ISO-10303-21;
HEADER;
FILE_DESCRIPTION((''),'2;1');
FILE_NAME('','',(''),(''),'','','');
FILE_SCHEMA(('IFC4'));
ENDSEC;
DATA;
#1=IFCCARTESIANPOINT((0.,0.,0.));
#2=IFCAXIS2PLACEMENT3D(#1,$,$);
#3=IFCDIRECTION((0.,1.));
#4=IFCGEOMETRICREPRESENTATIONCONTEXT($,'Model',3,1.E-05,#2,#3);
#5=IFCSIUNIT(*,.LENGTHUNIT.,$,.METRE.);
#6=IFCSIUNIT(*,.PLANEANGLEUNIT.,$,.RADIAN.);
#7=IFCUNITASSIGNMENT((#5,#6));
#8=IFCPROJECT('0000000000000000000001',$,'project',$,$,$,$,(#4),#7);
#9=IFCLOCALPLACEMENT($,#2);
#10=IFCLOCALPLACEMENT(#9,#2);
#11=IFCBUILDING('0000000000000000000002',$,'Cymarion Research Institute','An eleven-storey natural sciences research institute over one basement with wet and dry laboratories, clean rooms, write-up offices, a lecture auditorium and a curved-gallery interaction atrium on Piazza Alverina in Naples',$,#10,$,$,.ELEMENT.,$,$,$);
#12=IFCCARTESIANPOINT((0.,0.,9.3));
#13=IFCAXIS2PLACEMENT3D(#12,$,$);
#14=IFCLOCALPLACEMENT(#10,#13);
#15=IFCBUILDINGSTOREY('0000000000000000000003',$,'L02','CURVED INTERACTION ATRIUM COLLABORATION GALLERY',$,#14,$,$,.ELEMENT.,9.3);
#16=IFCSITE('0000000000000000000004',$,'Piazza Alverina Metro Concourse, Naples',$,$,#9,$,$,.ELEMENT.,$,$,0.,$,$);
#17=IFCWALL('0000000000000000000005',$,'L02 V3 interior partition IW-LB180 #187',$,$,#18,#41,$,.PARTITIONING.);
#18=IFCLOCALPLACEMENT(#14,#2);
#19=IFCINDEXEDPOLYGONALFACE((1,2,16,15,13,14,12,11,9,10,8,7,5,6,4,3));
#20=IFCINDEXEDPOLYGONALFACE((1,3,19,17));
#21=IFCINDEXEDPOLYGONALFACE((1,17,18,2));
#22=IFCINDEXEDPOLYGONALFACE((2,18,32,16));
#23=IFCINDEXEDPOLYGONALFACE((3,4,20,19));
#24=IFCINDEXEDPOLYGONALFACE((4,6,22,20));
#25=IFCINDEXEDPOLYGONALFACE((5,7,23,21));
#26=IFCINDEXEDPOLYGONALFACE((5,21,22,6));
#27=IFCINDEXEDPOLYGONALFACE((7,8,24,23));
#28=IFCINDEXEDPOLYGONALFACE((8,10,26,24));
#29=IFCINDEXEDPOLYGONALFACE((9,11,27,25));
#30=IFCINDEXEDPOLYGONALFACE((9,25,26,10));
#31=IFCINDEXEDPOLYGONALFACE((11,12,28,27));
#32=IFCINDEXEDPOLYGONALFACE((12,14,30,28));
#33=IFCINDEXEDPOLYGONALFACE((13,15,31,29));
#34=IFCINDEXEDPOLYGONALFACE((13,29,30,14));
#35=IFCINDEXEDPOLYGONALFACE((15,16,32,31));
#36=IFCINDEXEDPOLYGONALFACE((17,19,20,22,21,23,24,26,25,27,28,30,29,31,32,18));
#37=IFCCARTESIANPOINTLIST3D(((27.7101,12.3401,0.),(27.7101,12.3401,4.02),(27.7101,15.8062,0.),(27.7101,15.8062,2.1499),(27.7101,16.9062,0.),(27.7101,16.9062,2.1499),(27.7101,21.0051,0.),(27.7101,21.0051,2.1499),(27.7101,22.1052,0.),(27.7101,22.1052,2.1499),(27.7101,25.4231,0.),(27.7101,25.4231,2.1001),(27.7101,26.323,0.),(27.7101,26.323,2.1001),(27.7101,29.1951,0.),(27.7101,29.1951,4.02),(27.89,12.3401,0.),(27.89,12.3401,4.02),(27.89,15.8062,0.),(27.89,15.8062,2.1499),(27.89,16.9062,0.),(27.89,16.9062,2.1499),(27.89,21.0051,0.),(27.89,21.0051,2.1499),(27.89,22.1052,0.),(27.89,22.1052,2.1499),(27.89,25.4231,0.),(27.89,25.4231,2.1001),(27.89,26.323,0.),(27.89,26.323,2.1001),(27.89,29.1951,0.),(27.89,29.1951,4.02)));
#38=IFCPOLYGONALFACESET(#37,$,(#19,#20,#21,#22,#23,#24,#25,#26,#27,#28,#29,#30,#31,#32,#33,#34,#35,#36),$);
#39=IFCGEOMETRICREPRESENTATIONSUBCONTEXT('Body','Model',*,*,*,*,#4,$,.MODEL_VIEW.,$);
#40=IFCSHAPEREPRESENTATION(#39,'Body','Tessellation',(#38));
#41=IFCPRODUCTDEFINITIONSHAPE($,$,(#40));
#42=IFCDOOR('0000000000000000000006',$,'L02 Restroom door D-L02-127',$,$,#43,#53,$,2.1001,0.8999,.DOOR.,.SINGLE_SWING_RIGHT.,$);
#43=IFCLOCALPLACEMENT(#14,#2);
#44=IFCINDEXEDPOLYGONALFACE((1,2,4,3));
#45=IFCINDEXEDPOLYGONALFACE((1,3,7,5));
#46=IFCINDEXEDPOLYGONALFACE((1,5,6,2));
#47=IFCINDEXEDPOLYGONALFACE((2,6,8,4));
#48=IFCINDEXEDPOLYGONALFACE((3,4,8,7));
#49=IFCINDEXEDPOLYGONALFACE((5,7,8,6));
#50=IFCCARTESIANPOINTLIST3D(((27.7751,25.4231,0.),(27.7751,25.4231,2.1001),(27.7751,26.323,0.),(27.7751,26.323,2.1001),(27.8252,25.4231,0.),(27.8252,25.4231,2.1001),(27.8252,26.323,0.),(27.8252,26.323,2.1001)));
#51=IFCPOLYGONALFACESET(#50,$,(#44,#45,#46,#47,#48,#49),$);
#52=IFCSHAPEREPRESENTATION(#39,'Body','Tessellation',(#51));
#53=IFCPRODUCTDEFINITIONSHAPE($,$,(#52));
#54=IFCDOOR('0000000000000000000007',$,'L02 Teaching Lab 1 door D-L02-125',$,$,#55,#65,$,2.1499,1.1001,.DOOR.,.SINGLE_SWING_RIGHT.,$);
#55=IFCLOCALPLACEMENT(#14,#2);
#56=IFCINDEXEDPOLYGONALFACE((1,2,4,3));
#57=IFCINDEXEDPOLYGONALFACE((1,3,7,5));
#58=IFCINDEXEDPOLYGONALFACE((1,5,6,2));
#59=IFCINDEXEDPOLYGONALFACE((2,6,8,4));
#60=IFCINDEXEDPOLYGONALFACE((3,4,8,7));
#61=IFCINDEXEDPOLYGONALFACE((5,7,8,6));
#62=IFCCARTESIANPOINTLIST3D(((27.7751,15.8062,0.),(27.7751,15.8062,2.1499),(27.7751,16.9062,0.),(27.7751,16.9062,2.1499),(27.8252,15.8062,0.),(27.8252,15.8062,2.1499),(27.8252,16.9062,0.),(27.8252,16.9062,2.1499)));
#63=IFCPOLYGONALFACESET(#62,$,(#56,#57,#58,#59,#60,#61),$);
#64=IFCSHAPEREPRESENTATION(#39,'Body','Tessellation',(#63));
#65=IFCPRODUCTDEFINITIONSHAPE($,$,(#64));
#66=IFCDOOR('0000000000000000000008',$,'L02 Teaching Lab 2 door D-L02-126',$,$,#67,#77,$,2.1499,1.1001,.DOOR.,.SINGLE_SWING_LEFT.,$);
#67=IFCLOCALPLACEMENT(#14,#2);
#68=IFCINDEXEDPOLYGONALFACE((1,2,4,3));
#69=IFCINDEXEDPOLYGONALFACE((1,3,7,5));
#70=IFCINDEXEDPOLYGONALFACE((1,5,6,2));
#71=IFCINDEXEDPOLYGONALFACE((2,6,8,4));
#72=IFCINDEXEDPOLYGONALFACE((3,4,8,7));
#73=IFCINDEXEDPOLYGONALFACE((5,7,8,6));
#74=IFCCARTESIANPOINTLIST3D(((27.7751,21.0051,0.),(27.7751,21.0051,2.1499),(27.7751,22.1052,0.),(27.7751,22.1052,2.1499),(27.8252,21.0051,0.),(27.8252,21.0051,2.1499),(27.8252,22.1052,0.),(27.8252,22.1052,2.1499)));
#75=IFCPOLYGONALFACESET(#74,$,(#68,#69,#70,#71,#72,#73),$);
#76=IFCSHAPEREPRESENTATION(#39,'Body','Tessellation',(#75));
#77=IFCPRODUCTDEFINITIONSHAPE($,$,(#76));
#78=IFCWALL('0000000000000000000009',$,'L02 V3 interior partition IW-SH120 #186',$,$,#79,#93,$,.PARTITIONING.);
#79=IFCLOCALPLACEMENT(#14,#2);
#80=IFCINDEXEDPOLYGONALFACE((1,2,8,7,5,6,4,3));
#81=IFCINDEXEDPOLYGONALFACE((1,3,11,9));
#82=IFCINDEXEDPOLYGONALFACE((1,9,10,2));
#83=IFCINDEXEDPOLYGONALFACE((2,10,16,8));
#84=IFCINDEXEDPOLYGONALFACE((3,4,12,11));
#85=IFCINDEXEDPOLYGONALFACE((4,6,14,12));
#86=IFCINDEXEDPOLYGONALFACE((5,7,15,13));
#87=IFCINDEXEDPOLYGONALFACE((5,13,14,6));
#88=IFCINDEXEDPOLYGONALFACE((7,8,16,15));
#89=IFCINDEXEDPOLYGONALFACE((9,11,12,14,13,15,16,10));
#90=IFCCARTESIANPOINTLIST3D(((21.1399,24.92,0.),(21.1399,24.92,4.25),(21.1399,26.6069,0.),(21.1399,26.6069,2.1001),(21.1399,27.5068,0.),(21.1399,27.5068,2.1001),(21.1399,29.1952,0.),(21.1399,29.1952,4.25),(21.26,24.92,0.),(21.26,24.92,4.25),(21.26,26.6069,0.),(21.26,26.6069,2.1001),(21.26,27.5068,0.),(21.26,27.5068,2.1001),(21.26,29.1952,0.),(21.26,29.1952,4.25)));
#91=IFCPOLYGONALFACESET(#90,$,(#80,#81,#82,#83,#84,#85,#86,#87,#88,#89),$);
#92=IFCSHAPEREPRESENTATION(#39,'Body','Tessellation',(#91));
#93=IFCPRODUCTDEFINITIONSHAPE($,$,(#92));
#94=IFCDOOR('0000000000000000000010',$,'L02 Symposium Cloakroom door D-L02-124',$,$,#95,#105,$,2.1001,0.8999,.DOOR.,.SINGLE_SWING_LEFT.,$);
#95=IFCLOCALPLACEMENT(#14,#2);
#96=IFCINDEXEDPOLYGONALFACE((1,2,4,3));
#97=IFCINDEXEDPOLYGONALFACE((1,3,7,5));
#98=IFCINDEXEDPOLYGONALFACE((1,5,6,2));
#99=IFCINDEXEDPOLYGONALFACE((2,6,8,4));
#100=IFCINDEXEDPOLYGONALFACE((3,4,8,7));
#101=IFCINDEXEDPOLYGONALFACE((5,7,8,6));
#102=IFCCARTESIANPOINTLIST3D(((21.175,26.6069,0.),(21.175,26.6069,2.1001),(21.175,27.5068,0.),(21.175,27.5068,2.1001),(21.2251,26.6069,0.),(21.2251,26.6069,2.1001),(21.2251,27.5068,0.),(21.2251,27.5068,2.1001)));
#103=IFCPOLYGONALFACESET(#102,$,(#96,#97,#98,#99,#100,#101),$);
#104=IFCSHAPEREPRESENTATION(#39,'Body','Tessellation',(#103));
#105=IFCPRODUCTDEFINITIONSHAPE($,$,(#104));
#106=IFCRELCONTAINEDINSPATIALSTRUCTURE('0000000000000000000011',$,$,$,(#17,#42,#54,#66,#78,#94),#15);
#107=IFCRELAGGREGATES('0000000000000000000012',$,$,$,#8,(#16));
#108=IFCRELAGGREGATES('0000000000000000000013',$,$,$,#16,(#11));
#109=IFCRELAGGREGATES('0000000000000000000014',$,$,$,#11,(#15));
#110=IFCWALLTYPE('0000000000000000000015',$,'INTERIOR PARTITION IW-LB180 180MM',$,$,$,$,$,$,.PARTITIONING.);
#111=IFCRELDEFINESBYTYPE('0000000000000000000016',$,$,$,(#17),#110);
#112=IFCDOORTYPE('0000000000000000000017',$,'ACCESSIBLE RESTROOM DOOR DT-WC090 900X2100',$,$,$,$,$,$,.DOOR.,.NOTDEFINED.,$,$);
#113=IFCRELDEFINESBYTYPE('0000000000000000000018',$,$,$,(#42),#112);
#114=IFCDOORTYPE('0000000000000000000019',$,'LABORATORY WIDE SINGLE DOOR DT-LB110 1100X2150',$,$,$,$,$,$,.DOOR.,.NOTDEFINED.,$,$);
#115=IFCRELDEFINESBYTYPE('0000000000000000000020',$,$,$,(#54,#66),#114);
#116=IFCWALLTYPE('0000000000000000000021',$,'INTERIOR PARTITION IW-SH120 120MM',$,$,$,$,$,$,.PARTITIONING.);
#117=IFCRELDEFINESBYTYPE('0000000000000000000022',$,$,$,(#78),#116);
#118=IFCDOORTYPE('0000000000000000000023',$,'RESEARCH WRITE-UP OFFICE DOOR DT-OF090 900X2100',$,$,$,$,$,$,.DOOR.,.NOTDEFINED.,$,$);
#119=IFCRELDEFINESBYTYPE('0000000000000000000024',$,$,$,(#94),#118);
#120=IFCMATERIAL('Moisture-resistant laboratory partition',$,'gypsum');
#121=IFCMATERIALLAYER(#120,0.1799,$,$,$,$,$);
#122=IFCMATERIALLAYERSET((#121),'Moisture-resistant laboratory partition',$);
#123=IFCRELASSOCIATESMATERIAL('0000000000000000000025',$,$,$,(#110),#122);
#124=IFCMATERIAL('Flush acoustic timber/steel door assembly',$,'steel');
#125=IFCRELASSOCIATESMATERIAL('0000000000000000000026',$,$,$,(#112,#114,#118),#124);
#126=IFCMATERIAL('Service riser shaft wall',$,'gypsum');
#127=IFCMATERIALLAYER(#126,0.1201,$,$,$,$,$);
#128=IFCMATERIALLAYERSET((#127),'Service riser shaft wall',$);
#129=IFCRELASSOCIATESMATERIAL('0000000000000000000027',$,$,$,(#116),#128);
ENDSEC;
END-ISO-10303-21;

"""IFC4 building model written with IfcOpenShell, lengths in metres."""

from ifc_helpers import new_model, si_unit, direction, frame, frame_2d, origin, place, context, subcontext, project, spatial, rectangle, extrude, material, layer, layer_set, type_object, element, fill, save


model = new_model("IFC4")

# Units and contexts
model_context = context("Model", 3, precision=1e-05, world=origin(), true_north=direction((0.0, 1.0)))
body_context = subcontext(model_context, "Body", "Model", "MODEL_VIEW")
ifc_project = project(units=[si_unit("LENGTHUNIT", "METRE"), si_unit("PLANEANGLEUNIT", "RADIAN")], contexts=[model_context])

# Site, building, storey
site_placement = place(None, origin())
site = spatial("IfcSite", under=ifc_project, at=site_placement, Name="Piazza Alverina Metro Concourse, Naples", CompositionType="ELEMENT", RefElevation=0.0)
building_placement = place(site_placement, origin())
building = spatial("IfcBuilding", under=site, at=building_placement, Name="Cymarion Research Institute", Description="An eleven-storey natural sciences research institute over one basement with wet and dry laboratories, clean rooms, write-up offices, a lecture auditorium and a curved-gallery interaction atrium on Piazza Alverina in Naples", CompositionType="ELEMENT")
storey_placement = place(building_placement, frame((0.0, 0.0, 9.3)))
storey = spatial("IfcBuildingStorey", under=building, at=storey_placement, Name="L02", Description="CURVED INTERACTION ATRIUM COLLABORATION GALLERY", CompositionType="ELEMENT", Elevation=9.3)

# Wall, openings, doors
ifc_material_1 = material(Name="Moisture-resistant laboratory partition", Category="gypsum")
ifc_layer_1 = layer(ifc_material_1, 0.1799)
ifc_layer_set_1 = layer_set([ifc_layer_1], Name="Moisture-resistant laboratory partition")
wall_type_1 = type_object("IfcWallType", Name="INTERIOR PARTITION IW-LB180 180MM", PredefinedType="PARTITIONING", material=ifc_layer_set_1)
wall_1_placement = place(storey_placement, frame((27.8, 12.3401, 0.0), z_axis=(0.0, 0.0, 1.0), x_axis=(0.0, 1.0, 0.0)))
wall_1 = element("IfcWall", 1, at=wall_1_placement, inside=storey, type_object=wall_type_1, Name="L02 V3 interior partition IW-LB180 #187", PredefinedType="PARTITIONING", context=body_context, shape_type="SweptSolid", body=[
    extrude(rectangle(XDim=16.855, YDim=0.1799, at=frame_2d((8.4275, 0.0))), origin(), (0.0, 0.0, 1.0), 4.02),
])
opening_1_placement = place(wall_1_placement, frame((3.4661, 0.0, 0.0)))
opening_1 = element("IfcOpeningElement", 2, at=opening_1_placement, cuts=wall_1, PredefinedType="OPENING", context=body_context, shape_type="SweptSolid", body=[
    extrude(rectangle(XDim=1.1001, YDim=2.1499, at=frame_2d((0.55, 1.075))), frame((0.0, 0.0999, 0.0), z_axis=(0.0, -1.0, 0.0), x_axis=(1.0, 0.0, 0.0)), (0.0, 0.0, 1.0), 0.2),
])
opening_2_placement = place(wall_1_placement, frame((8.665, 0.0, 0.0)))
opening_2 = element("IfcOpeningElement", 3, at=opening_2_placement, cuts=wall_1, PredefinedType="OPENING", context=body_context, shape_type="SweptSolid", body=[
    extrude(rectangle(XDim=1.1001, YDim=2.1499, at=frame_2d((0.55, 1.075))), frame((0.0, 0.0999, 0.0), z_axis=(0.0, -1.0, 0.0), x_axis=(1.0, 0.0, 0.0)), (0.0, 0.0, 1.0), 0.2),
])
opening_3_placement = place(wall_1_placement, frame((13.083, 0.0, 0.0)))
opening_3 = element("IfcOpeningElement", 4, at=opening_3_placement, cuts=wall_1, PredefinedType="OPENING", context=body_context, shape_type="SweptSolid", body=[
    extrude(rectangle(XDim=0.8999, YDim=2.1001, at=frame_2d((0.45, 1.05))), frame((0.0, 0.0999, 0.0), z_axis=(0.0, -1.0, 0.0), x_axis=(1.0, 0.0, 0.0)), (0.0, 0.0, 1.0), 0.2),
])
ifc_material_2 = material(Name="Flush acoustic timber/steel door assembly", Category="steel")
door_type_1 = type_object("IfcDoorType", Name="ACCESSIBLE RESTROOM DOOR DT-WC090 900X2100", OperationType="NOTDEFINED", PredefinedType="DOOR", material=ifc_material_2)
door_1_placement = place(opening_3_placement, origin())
door_1 = element("IfcDoor", 5, at=door_1_placement, inside=storey, type_object=door_type_1, Name="L02 Restroom door D-L02-127", OperationType="SINGLE_SWING_RIGHT", OverallHeight=2.1001, OverallWidth=0.8999, PredefinedType="DOOR", context=body_context, shape_type="SweptSolid", body=[
    extrude(rectangle(XDim=0.8999, YDim=2.1001, at=frame_2d((0.45, 1.05))), frame((0.0, 0.0249, 0.0), z_axis=(0.0, -1.0, 0.0), x_axis=(1.0, 0.0, 0.0)), (0.0, 0.0, 1.0), 0.05),
])
fill(opening_3, door_1)
door_type_2 = type_object("IfcDoorType", Name="LABORATORY WIDE SINGLE DOOR DT-LB110 1100X2150", OperationType="NOTDEFINED", PredefinedType="DOOR", material=ifc_material_2)
door_2_placement = place(opening_1_placement, origin())
door_2 = element("IfcDoor", 6, at=door_2_placement, inside=storey, type_object=door_type_2, Name="L02 Teaching Lab 1 door D-L02-125", OperationType="SINGLE_SWING_RIGHT", OverallHeight=2.1499, OverallWidth=1.1001, PredefinedType="DOOR", context=body_context, shape_type="SweptSolid", body=[
    extrude(rectangle(XDim=1.1001, YDim=2.1499, at=frame_2d((0.55, 1.075))), frame((0.0, 0.0249, 0.0), z_axis=(0.0, -1.0, 0.0), x_axis=(1.0, 0.0, 0.0)), (0.0, 0.0, 1.0), 0.05),
])
fill(opening_1, door_2)
door_3_placement = place(opening_2_placement, origin())
door_3 = element("IfcDoor", 7, at=door_3_placement, inside=storey, type_object=door_type_2, Name="L02 Teaching Lab 2 door D-L02-126", OperationType="SINGLE_SWING_LEFT", OverallHeight=2.1499, OverallWidth=1.1001, PredefinedType="DOOR", context=body_context, shape_type="SweptSolid", body=[
    extrude(rectangle(XDim=1.1001, YDim=2.1499, at=frame_2d((0.55, 1.075))), frame((0.0, 0.0249, 0.0), z_axis=(0.0, -1.0, 0.0), x_axis=(1.0, 0.0, 0.0)), (0.0, 0.0, 1.0), 0.05),
])
fill(opening_2, door_3)

# Wall, opening, door
ifc_material_3 = material(Name="Service riser shaft wall", Category="gypsum")
ifc_layer_2 = layer(ifc_material_3, 0.1201)
ifc_layer_set_2 = layer_set([ifc_layer_2], Name="Service riser shaft wall")
wall_type_2 = type_object("IfcWallType", Name="INTERIOR PARTITION IW-SH120 120MM", PredefinedType="PARTITIONING", material=ifc_layer_set_2)
wall_2_placement = place(storey_placement, frame((21.2, 24.9199, 0.0), z_axis=(0.0, 0.0, 1.0), x_axis=(0.0, 1.0, 0.0)))
wall_2 = element("IfcWall", 8, at=wall_2_placement, inside=storey, type_object=wall_type_2, Name="L02 V3 interior partition IW-SH120 #186", PredefinedType="PARTITIONING", context=body_context, shape_type="SweptSolid", body=[
    extrude(rectangle(XDim=4.2751, YDim=0.1201, at=frame_2d((2.1377, 0.0))), origin(), (0.0, 0.0, 1.0), 4.25),
])
opening_4_placement = place(wall_2_placement, frame((1.687, 0.0, 0.0)))
opening_4 = element("IfcOpeningElement", 9, at=opening_4_placement, cuts=wall_2, PredefinedType="OPENING", context=body_context, shape_type="SweptSolid", body=[
    extrude(rectangle(XDim=0.8999, YDim=2.1001, at=frame_2d((0.45, 1.05))), frame((0.0, 0.0701, 0.0), z_axis=(0.0, -1.0, 0.0), x_axis=(1.0, 0.0, 0.0)), (0.0, 0.0, 1.0), 0.1401),
])
door_type_3 = type_object("IfcDoorType", Name="RESEARCH WRITE-UP OFFICE DOOR DT-OF090 900X2100", OperationType="NOTDEFINED", PredefinedType="DOOR", material=ifc_material_2)
door_4_placement = place(opening_4_placement, origin())
door_4 = element("IfcDoor", 10, at=door_4_placement, inside=storey, type_object=door_type_3, Name="L02 Symposium Cloakroom door D-L02-124", OperationType="SINGLE_SWING_LEFT", OverallHeight=2.1001, OverallWidth=0.8999, PredefinedType="DOOR", context=body_context, shape_type="SweptSolid", body=[
    extrude(rectangle(XDim=0.8999, YDim=2.1001, at=frame_2d((0.45, 1.05))), frame((0.0, 0.0249, 0.0), z_axis=(0.0, -1.0, 0.0), x_axis=(1.0, 0.0, 0.0)), (0.0, 0.0, 1.0), 0.05),
])
fill(opening_4, door_4)

save(model, "model.ifc")
